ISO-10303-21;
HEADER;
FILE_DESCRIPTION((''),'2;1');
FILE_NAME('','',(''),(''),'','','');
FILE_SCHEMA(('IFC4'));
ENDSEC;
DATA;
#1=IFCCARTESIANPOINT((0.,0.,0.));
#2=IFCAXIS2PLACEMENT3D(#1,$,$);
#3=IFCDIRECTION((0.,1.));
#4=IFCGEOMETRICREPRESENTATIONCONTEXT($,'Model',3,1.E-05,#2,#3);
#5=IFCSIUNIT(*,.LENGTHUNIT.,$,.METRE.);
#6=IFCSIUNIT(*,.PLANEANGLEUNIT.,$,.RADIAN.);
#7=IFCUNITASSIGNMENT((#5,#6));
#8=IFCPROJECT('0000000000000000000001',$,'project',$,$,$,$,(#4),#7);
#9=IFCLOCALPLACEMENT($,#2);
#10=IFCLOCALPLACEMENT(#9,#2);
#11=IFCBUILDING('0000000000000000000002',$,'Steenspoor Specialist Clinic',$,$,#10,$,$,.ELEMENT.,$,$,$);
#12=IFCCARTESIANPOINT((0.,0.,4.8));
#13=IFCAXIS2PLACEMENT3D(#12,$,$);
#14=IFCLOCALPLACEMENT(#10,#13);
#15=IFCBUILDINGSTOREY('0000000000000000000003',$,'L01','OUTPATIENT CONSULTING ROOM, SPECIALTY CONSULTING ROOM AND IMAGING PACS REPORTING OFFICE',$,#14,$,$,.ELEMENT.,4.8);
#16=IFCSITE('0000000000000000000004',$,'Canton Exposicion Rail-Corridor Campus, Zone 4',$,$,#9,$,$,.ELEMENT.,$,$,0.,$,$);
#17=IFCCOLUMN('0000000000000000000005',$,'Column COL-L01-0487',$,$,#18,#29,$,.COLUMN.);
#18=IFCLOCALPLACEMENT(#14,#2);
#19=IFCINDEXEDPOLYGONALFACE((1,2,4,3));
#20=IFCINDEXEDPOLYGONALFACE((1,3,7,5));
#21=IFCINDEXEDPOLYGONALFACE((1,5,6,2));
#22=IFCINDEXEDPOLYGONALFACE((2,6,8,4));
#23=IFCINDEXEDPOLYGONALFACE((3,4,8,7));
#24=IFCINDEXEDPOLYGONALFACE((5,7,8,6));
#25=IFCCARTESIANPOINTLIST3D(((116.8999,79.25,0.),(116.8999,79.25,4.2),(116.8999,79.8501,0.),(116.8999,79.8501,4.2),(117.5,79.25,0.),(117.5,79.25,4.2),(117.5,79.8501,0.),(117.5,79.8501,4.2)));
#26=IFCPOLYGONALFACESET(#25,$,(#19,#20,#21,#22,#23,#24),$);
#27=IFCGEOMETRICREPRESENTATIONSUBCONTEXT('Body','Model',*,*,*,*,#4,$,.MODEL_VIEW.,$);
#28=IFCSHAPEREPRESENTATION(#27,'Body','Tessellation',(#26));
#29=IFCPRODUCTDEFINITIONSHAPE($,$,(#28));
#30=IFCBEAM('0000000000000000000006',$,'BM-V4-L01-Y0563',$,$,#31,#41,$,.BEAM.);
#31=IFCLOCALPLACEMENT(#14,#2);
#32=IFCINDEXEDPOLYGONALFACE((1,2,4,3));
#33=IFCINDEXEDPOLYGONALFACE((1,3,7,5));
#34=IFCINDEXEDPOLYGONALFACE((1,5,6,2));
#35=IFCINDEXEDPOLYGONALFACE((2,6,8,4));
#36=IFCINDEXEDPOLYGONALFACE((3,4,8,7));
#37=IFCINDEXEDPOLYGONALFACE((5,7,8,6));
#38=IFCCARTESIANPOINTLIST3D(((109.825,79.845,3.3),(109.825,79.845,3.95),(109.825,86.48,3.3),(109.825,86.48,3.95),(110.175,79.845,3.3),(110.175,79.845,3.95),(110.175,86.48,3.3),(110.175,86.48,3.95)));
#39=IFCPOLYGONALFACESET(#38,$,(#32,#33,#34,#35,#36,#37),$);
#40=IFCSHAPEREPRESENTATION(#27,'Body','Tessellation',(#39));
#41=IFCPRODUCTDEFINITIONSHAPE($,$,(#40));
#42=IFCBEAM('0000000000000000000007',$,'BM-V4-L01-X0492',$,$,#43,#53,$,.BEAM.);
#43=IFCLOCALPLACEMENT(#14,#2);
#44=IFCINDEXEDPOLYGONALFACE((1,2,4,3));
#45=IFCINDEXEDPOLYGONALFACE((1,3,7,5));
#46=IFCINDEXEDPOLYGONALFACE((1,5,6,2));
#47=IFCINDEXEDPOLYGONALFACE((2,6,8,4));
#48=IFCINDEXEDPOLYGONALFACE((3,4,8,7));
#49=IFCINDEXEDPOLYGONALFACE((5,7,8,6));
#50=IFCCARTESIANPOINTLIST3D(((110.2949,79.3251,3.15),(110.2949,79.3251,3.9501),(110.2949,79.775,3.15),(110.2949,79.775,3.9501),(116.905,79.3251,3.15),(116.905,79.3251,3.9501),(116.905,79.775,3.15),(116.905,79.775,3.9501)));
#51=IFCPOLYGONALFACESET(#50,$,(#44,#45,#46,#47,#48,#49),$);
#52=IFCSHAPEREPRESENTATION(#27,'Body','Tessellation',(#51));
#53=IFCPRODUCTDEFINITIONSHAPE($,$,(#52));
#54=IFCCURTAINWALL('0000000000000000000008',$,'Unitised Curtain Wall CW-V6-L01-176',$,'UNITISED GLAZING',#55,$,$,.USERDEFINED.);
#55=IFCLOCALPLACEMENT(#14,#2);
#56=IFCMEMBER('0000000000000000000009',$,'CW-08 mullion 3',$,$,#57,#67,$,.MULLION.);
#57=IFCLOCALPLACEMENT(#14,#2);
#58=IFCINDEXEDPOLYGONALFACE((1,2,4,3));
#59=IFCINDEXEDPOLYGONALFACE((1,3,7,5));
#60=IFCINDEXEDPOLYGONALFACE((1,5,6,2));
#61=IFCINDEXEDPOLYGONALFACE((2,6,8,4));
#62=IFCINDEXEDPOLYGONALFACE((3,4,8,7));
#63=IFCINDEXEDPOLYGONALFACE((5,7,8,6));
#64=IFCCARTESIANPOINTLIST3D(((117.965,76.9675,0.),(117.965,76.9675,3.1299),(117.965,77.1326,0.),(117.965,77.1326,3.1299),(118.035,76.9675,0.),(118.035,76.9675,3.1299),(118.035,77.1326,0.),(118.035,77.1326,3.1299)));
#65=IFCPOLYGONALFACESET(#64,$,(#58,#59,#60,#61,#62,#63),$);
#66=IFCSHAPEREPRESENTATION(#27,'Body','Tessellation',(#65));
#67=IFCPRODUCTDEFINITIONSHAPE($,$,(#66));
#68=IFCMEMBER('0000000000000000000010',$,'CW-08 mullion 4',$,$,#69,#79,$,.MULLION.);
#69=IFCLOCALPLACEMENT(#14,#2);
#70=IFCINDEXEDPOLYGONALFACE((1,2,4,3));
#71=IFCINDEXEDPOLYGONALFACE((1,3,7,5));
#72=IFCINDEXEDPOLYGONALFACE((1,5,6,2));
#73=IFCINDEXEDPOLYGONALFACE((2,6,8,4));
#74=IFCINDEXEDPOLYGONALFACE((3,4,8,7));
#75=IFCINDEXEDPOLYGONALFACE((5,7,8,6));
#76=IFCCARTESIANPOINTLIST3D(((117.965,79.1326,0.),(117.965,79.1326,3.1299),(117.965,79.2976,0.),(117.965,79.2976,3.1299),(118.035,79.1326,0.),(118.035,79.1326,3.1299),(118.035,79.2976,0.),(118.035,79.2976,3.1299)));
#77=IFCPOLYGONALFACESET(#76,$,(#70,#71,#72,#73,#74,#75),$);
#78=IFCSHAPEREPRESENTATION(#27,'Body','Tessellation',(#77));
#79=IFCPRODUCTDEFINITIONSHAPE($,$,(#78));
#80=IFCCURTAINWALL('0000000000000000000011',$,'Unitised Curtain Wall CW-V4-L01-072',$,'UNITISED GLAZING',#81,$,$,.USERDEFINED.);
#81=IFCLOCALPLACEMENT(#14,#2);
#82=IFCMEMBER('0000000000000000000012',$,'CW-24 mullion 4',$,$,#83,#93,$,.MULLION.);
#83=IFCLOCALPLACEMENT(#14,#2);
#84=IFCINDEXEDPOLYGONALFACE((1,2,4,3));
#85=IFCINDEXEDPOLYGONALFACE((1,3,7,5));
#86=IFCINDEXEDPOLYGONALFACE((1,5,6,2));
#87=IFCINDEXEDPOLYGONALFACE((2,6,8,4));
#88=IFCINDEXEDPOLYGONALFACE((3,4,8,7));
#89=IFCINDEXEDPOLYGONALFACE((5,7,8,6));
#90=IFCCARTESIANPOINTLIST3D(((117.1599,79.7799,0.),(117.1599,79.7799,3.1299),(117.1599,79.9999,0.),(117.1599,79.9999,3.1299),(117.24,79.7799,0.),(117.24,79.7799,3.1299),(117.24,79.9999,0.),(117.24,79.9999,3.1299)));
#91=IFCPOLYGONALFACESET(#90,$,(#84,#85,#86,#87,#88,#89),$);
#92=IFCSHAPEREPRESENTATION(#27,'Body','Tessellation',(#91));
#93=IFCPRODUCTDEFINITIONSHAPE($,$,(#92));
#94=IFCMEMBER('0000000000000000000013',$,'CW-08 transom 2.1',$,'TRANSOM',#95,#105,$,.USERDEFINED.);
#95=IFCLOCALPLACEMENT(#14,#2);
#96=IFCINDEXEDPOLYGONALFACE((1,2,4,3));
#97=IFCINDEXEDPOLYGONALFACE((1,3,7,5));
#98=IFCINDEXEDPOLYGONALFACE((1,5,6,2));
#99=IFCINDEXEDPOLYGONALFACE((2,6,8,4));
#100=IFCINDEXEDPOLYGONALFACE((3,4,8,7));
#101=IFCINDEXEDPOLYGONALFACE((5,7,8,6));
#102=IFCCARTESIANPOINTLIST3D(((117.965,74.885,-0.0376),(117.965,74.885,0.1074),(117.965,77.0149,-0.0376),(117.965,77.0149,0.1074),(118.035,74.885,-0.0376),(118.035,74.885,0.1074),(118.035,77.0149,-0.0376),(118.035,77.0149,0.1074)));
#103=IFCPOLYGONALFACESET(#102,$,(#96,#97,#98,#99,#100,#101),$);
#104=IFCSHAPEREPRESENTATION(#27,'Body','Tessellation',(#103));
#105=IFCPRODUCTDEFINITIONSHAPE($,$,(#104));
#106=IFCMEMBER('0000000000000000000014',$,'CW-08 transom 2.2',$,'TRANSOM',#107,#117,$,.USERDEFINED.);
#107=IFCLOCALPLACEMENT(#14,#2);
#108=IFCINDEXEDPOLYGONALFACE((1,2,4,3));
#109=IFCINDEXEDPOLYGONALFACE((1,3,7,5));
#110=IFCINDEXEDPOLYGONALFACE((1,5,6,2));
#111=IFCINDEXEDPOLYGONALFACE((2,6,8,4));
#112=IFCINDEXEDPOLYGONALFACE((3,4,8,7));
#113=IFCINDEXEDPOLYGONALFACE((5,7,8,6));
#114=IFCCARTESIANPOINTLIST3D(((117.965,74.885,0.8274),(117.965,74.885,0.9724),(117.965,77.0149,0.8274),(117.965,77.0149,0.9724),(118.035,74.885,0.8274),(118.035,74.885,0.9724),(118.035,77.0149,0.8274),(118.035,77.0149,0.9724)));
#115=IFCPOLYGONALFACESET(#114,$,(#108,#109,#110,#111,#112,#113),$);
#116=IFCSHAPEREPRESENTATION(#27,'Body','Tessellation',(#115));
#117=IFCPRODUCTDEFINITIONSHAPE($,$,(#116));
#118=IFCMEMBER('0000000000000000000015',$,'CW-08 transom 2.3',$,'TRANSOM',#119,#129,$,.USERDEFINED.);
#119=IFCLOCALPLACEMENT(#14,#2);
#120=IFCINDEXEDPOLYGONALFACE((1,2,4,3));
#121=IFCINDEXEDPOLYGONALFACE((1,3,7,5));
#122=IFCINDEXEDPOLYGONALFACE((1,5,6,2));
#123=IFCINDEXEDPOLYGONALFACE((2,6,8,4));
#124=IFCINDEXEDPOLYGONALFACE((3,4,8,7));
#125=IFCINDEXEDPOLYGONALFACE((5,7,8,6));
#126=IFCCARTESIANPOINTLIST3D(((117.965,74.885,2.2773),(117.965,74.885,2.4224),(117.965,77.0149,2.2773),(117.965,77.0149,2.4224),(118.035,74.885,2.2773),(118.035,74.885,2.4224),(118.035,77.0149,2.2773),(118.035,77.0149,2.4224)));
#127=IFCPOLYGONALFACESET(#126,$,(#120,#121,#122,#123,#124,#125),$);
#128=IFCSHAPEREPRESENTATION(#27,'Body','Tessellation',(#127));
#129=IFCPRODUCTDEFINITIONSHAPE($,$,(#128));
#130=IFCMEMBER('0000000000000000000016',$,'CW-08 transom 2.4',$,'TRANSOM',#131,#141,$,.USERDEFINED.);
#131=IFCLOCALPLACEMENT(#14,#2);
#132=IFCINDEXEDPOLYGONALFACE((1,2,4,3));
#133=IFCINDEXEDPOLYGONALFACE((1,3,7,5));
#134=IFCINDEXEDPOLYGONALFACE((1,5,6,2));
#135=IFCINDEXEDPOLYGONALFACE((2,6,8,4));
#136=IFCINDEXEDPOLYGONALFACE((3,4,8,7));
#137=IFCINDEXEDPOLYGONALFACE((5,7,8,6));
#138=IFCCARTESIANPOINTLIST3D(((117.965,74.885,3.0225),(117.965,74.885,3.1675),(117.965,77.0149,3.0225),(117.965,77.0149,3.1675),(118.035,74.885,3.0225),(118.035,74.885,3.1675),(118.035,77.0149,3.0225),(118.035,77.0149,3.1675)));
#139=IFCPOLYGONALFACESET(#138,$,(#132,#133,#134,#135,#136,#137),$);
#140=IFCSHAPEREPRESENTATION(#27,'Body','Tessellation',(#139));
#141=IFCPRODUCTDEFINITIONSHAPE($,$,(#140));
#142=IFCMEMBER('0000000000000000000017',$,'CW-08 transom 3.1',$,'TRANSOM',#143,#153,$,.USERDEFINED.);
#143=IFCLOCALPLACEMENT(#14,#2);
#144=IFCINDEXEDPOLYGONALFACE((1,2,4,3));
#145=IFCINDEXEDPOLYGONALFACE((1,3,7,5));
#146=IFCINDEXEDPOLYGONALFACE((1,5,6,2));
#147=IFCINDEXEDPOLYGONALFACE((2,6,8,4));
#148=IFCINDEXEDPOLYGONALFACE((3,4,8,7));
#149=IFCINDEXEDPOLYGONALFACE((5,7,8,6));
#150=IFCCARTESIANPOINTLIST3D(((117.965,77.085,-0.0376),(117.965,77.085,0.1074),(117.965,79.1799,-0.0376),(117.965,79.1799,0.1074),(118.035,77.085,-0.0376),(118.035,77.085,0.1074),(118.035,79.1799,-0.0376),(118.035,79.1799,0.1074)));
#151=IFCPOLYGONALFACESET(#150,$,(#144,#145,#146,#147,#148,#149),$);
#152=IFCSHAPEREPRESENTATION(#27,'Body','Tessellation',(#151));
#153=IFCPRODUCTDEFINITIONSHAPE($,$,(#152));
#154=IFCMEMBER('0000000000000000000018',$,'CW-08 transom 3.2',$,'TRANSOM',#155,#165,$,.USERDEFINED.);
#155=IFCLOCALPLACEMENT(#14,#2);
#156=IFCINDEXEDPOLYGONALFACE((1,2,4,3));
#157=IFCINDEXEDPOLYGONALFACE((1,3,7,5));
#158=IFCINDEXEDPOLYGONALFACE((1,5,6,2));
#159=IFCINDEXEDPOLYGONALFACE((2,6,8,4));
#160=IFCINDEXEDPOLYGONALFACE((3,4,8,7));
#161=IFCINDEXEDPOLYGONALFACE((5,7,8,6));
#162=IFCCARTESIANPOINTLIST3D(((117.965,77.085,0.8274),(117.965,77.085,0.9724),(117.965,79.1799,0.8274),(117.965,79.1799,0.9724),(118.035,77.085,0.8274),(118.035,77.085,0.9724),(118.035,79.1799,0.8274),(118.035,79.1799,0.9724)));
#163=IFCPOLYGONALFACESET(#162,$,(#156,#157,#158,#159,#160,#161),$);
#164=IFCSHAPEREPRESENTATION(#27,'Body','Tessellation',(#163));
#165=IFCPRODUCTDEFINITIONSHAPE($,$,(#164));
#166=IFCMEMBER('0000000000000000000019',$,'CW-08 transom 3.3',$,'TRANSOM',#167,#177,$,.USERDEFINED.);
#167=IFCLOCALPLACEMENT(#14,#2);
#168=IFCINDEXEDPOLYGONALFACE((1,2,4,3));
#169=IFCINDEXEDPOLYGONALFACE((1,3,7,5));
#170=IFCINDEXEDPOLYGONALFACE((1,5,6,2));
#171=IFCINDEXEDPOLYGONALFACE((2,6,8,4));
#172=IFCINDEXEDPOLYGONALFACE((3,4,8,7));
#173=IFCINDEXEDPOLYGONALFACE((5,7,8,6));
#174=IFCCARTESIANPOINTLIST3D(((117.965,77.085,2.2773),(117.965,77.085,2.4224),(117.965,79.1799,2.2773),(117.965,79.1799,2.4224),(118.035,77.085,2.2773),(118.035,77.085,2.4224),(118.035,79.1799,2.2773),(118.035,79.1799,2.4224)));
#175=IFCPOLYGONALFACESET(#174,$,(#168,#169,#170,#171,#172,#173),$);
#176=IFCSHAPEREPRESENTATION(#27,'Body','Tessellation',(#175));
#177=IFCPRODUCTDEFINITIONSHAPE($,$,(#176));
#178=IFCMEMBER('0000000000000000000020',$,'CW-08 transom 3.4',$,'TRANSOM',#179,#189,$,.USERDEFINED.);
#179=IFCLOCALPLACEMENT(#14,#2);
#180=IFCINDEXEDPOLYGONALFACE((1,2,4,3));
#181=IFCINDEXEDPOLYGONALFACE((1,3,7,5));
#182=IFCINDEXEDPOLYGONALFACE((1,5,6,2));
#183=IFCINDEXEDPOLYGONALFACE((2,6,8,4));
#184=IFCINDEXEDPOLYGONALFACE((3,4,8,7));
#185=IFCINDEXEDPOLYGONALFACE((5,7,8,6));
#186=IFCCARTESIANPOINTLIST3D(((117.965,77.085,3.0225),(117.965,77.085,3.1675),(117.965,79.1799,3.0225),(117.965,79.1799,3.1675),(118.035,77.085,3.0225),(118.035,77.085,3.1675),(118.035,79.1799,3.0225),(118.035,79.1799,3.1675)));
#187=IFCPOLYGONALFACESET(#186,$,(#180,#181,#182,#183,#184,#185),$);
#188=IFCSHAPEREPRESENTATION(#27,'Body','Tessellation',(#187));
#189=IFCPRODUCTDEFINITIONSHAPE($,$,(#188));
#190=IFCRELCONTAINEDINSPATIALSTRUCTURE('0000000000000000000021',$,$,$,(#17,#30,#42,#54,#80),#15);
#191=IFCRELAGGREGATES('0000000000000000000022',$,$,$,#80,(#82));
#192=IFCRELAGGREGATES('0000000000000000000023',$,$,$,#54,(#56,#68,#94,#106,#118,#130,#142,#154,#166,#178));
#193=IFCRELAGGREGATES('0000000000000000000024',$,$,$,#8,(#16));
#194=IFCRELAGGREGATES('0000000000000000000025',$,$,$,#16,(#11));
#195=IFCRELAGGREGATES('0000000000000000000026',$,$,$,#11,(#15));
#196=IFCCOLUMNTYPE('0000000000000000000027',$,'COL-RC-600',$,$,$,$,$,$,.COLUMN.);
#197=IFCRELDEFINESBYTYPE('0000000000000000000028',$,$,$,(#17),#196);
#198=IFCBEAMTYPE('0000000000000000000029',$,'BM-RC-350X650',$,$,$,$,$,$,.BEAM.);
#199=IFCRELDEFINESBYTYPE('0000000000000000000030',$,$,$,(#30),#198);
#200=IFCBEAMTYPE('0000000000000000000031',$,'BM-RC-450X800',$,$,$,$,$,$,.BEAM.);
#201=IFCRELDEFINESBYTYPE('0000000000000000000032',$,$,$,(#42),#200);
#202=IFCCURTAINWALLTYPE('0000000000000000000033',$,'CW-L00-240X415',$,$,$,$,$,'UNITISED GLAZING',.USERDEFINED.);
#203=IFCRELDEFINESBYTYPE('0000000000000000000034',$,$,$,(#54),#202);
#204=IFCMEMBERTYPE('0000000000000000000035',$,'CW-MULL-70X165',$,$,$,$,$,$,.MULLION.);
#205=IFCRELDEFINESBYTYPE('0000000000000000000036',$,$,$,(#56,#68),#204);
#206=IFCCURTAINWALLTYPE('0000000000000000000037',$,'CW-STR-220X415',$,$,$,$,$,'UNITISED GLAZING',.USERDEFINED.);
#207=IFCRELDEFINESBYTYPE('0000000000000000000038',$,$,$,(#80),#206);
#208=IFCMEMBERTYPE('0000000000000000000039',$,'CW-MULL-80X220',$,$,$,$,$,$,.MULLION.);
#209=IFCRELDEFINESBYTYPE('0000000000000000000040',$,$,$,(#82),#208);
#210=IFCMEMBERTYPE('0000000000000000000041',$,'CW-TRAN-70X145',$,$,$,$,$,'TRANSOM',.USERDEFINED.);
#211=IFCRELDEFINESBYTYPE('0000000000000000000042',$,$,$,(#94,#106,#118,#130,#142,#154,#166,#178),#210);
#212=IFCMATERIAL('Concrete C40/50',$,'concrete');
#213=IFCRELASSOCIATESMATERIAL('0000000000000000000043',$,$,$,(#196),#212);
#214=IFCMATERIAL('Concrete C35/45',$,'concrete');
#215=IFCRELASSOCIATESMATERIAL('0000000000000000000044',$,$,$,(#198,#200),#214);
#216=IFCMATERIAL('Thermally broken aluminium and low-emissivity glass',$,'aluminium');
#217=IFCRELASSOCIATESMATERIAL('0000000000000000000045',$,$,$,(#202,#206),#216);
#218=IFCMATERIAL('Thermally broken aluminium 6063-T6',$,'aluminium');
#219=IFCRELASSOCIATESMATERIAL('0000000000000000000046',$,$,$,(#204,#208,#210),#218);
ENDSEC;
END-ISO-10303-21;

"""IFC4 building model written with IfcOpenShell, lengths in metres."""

from ifc_helpers import new_model, si_unit, direction, frame, origin, origin_2d, place, context, subcontext, project, spatial, rectangle, extrude, material, material_profile, profile_set, type_object, element, aggregate, save


model = new_model("IFC4")

# Units and contexts
model_context = context("Model", 3, precision=1e-05, world=origin(), true_north=direction((0.0, 1.0)))
body_context = subcontext(model_context, "Body", "Model", "MODEL_VIEW")
ifc_project = project(units=[si_unit("LENGTHUNIT", "METRE"), si_unit("PLANEANGLEUNIT", "RADIAN")], contexts=[model_context])

# Site, building, storey
site_placement = place(None, origin())
site = spatial("IfcSite", under=ifc_project, at=site_placement, Name="Canton Exposicion Rail-Corridor Campus, Zone 4", CompositionType="ELEMENT", RefElevation=0.0)
building_placement = place(site_placement, origin())
building = spatial("IfcBuilding", under=site, at=building_placement, Name="Steenspoor Specialist Clinic", CompositionType="ELEMENT")
storey_placement = place(building_placement, frame((0.0, 0.0, 4.8)))
storey = spatial("IfcBuildingStorey", under=building, at=storey_placement, Name="L01", Description="OUTPATIENT CONSULTING ROOM, SPECIALTY CONSULTING ROOM AND IMAGING PACS REPORTING OFFICE", CompositionType="ELEMENT", Elevation=4.8)

# Column
ifc_material_1 = material(Name="Concrete C40/50", Category="concrete")
ifc_material_profile_1 = material_profile(ifc_material_1, rectangle(XDim=0.6001, YDim=0.6001, at=origin_2d()), Name="RC-COL-600X600")
ifc_profile_set_1 = profile_set([ifc_material_profile_1], Name="Concrete C40/50")
column_type = type_object("IfcColumnType", Name="COL-RC-600", PredefinedType="COLUMN", material=ifc_profile_set_1)
column_placement = place(storey_placement, frame((117.2, 79.55, 0.0), z_axis=(0.0, 0.0, 1.0), x_axis=(1.0, 0.0, 0.0)))
element("IfcColumn", 1, at=column_placement, inside=storey, type_object=column_type, Name="Column COL-L01-0487", PredefinedType="COLUMN", context=body_context, shape_type="SweptSolid", body=[
    extrude(rectangle(XDim=0.6001, YDim=0.6001, at=origin_2d()), origin(), (0.0, 0.0, 1.0), 4.2),
])

# Beams
ifc_material_2 = material(Name="Concrete C35/45", Category="concrete")
ifc_material_profile_2 = material_profile(ifc_material_2, rectangle(XDim=0.3501, YDim=0.6499, at=origin_2d()), Name="RC-BM-350X650")
ifc_profile_set_2 = profile_set([ifc_material_profile_2], Name="Concrete C35/45")
beam_type_1 = type_object("IfcBeamType", Name="BM-RC-350X650", PredefinedType="BEAM", material=ifc_profile_set_2)
beam_1_placement = place(storey_placement, frame((110.0, 79.845, 3.625), z_axis=(0.0, 1.0, 0.0), x_axis=(-1.0, 0.0, 0.0)))
element("IfcBeam", 2, at=beam_1_placement, inside=storey, type_object=beam_type_1, Name="BM-V4-L01-Y0563", PredefinedType="BEAM", context=body_context, shape_type="SweptSolid", body=[
    extrude(rectangle(XDim=0.3501, YDim=0.6499, at=origin_2d()), origin(), (0.0, 0.0, 1.0), 6.635),
])
ifc_material_profile_3 = material_profile(ifc_material_2, rectangle(XDim=0.45, YDim=0.8, at=origin_2d()), Name="RC-BM-450X800")
ifc_profile_set_3 = profile_set([ifc_material_profile_3], Name="Concrete C35/45")
beam_type_2 = type_object("IfcBeamType", Name="BM-RC-450X800", PredefinedType="BEAM", material=ifc_profile_set_3)
beam_2_placement = place(storey_placement, frame((110.2949, 79.55, 3.55), z_axis=(1.0, 0.0, 0.0), x_axis=(0.0, 1.0, 0.0)))
element("IfcBeam", 3, at=beam_2_placement, inside=storey, type_object=beam_type_2, Name="BM-V4-L01-X0492", PredefinedType="BEAM", context=body_context, shape_type="SweptSolid", body=[
    extrude(rectangle(XDim=0.45, YDim=0.8, at=origin_2d()), origin(), (0.0, 0.0, 1.0), 6.6101),
])

# Curtain wall, members
ifc_material_3 = material(Name="Thermally broken aluminium and low-emissivity glass", Category="aluminium")
curtain_wall_type_1 = type_object("IfcCurtainWallType", Name="CW-L00-240X415", ElementType="UNITISED GLAZING", PredefinedType="USERDEFINED", material=ifc_material_3)
curtain_wall_1_placement = place(storey_placement, origin())
curtain_wall_1 = element("IfcCurtainWall", 4, at=curtain_wall_1_placement, inside=storey, type_object=curtain_wall_type_1, Name="Unitised Curtain Wall CW-V6-L01-176", ObjectType="UNITISED GLAZING", PredefinedType="USERDEFINED")
ifc_material_4 = material(Name="Thermally broken aluminium 6063-T6", Category="aluminium")
ifc_material_profile_4 = material_profile(ifc_material_4, rectangle(XDim=0.0701, YDim=0.165, at=origin_2d()), Name="CWM-70X165")
ifc_profile_set_4 = profile_set([ifc_material_profile_4], Name="Thermally broken aluminium 6063-T6")
member_type_1 = type_object("IfcMemberType", Name="CW-MULL-70X165", PredefinedType="MULLION", material=ifc_profile_set_4)
member_1_placement = place(storey_placement, frame((118.0, 77.05, 0.0), z_axis=(0.0, 0.0, 1.0), x_axis=(-1.0, 0.0, 0.0)))
member_1 = element("IfcMember", 5, at=member_1_placement, type_object=member_type_1, Name="CW-08 mullion 3", PredefinedType="MULLION", context=body_context, shape_type="SweptSolid", body=[
    extrude(rectangle(XDim=0.0701, YDim=0.165, at=origin_2d()), origin(), (0.0, 0.0, 1.0), 3.1299),
])
member_2_placement = place(storey_placement, frame((118.0, 79.2151, 0.0), z_axis=(0.0, 0.0, 1.0), x_axis=(-1.0, 0.0, 0.0)))
member_2 = element("IfcMember", 6, at=member_2_placement, type_object=member_type_1, Name="CW-08 mullion 4", PredefinedType="MULLION", context=body_context, shape_type="SweptSolid", body=[
    extrude(rectangle(XDim=0.0701, YDim=0.165, at=origin_2d()), origin(), (0.0, 0.0, 1.0), 3.1299),
])

# Curtain wall, member
curtain_wall_type_2 = type_object("IfcCurtainWallType", Name="CW-STR-220X415", ElementType="UNITISED GLAZING", PredefinedType="USERDEFINED", material=ifc_material_3)
curtain_wall_2_placement = place(storey_placement, origin())
curtain_wall_2 = element("IfcCurtainWall", 7, at=curtain_wall_2_placement, inside=storey, type_object=curtain_wall_type_2, Name="Unitised Curtain Wall CW-V4-L01-072", ObjectType="UNITISED GLAZING", PredefinedType="USERDEFINED")
ifc_material_profile_5 = material_profile(ifc_material_4, rectangle(XDim=0.0801, YDim=0.22, at=origin_2d()), Name="CWM-80X220")
ifc_profile_set_5 = profile_set([ifc_material_profile_5], Name="Thermally broken aluminium 6063-T6")
member_type_2 = type_object("IfcMemberType", Name="CW-MULL-80X220", PredefinedType="MULLION", material=ifc_profile_set_5)
member_3_placement = place(storey_placement, frame((117.2, 79.8899, 0.0), z_axis=(0.0, 0.0, 1.0), x_axis=(1.0, 0.0, 0.0)))
member_3 = element("IfcMember", 8, at=member_3_placement, type_object=member_type_2, Name="CW-24 mullion 4", PredefinedType="MULLION", context=body_context, shape_type="SweptSolid", body=[
    extrude(rectangle(XDim=0.0801, YDim=0.22, at=origin_2d()), origin(), (0.0, 0.0, 1.0), 3.1299),
])

# Members
ifc_material_profile_6 = material_profile(ifc_material_4, rectangle(XDim=0.0701, YDim=0.145, at=origin_2d()), Name="CWT-70X145")
ifc_profile_set_6 = profile_set([ifc_material_profile_6], Name="Thermally broken aluminium 6063-T6")
member_type_3 = type_object("IfcMemberType", Name="CW-TRAN-70X145", ElementType="TRANSOM", PredefinedType="USERDEFINED", material=ifc_profile_set_6)
member_4_placement = place(storey_placement, frame((118.0, 74.885, 0.0349), z_axis=(0.0, 1.0, 0.0), x_axis=(-1.0, 0.0, 0.0)))
member_4 = element("IfcMember", 9, at=member_4_placement, type_object=member_type_3, Name="CW-08 transom 2.1", ObjectType="TRANSOM", PredefinedType="USERDEFINED", context=body_context, shape_type="SweptSolid", body=[
    extrude(rectangle(XDim=0.0701, YDim=0.145, at=origin_2d()), origin(), (0.0, 0.0, 1.0), 2.1299),
])
member_5_placement = place(storey_placement, frame((118.0, 74.885, 0.8999), z_axis=(0.0, 1.0, 0.0), x_axis=(-1.0, 0.0, 0.0)))
member_5 = element("IfcMember", 10, at=member_5_placement, type_object=member_type_3, Name="CW-08 transom 2.2", ObjectType="TRANSOM", PredefinedType="USERDEFINED", context=body_context, shape_type="SweptSolid", body=[
    extrude(rectangle(XDim=0.0701, YDim=0.145, at=origin_2d()), origin(), (0.0, 0.0, 1.0), 2.1299),
])
member_6_placement = place(storey_placement, frame((118.0, 74.885, 2.3499), z_axis=(0.0, 1.0, 0.0), x_axis=(-1.0, 0.0, 0.0)))
member_6 = element("IfcMember", 11, at=member_6_placement, type_object=member_type_3, Name="CW-08 transom 2.3", ObjectType="TRANSOM", PredefinedType="USERDEFINED", context=body_context, shape_type="SweptSolid", body=[
    extrude(rectangle(XDim=0.0701, YDim=0.145, at=origin_2d()), origin(), (0.0, 0.0, 1.0), 2.1299),
])
member_7_placement = place(storey_placement, frame((118.0, 74.885, 3.095), z_axis=(0.0, 1.0, 0.0), x_axis=(-1.0, 0.0, 0.0)))
member_7 = element("IfcMember", 12, at=member_7_placement, type_object=member_type_3, Name="CW-08 transom 2.4", ObjectType="TRANSOM", PredefinedType="USERDEFINED", context=body_context, shape_type="SweptSolid", body=[
    extrude(rectangle(XDim=0.0701, YDim=0.145, at=origin_2d()), origin(), (0.0, 0.0, 1.0), 2.1299),
])
member_8_placement = place(storey_placement, frame((118.0, 77.085, 0.0349), z_axis=(0.0, 1.0, 0.0), x_axis=(-1.0, 0.0, 0.0)))
member_8 = element("IfcMember", 13, at=member_8_placement, type_object=member_type_3, Name="CW-08 transom 3.1", ObjectType="TRANSOM", PredefinedType="USERDEFINED", context=body_context, shape_type="SweptSolid", body=[
    extrude(rectangle(XDim=0.0701, YDim=0.145, at=origin_2d()), origin(), (0.0, 0.0, 1.0), 2.095),
])
member_9_placement = place(storey_placement, frame((118.0, 77.085, 0.8999), z_axis=(0.0, 1.0, 0.0), x_axis=(-1.0, 0.0, 0.0)))
member_9 = element("IfcMember", 14, at=member_9_placement, type_object=member_type_3, Name="CW-08 transom 3.2", ObjectType="TRANSOM", PredefinedType="USERDEFINED", context=body_context, shape_type="SweptSolid", body=[
    extrude(rectangle(XDim=0.0701, YDim=0.145, at=origin_2d()), origin(), (0.0, 0.0, 1.0), 2.095),
])
member_10_placement = place(storey_placement, frame((118.0, 77.085, 2.3499), z_axis=(0.0, 1.0, 0.0), x_axis=(-1.0, 0.0, 0.0)))
member_10 = element("IfcMember", 15, at=member_10_placement, type_object=member_type_3, Name="CW-08 transom 3.3", ObjectType="TRANSOM", PredefinedType="USERDEFINED", context=body_context, shape_type="SweptSolid", body=[
    extrude(rectangle(XDim=0.0701, YDim=0.145, at=origin_2d()), origin(), (0.0, 0.0, 1.0), 2.095),
])
member_11_placement = place(storey_placement, frame((118.0, 77.085, 3.095), z_axis=(0.0, 1.0, 0.0), x_axis=(-1.0, 0.0, 0.0)))
member_11 = element("IfcMember", 16, at=member_11_placement, type_object=member_type_3, Name="CW-08 transom 3.4", ObjectType="TRANSOM", PredefinedType="USERDEFINED", context=body_context, shape_type="SweptSolid", body=[
    extrude(rectangle(XDim=0.0701, YDim=0.145, at=origin_2d()), origin(), (0.0, 0.0, 1.0), 2.095),
])

aggregate(curtain_wall_2, [member_3])
aggregate(curtain_wall_1, [member_1, member_2, member_4, member_5, member_6, member_7, member_8, member_9, member_10, member_11])

save(model, "model.ifc")
